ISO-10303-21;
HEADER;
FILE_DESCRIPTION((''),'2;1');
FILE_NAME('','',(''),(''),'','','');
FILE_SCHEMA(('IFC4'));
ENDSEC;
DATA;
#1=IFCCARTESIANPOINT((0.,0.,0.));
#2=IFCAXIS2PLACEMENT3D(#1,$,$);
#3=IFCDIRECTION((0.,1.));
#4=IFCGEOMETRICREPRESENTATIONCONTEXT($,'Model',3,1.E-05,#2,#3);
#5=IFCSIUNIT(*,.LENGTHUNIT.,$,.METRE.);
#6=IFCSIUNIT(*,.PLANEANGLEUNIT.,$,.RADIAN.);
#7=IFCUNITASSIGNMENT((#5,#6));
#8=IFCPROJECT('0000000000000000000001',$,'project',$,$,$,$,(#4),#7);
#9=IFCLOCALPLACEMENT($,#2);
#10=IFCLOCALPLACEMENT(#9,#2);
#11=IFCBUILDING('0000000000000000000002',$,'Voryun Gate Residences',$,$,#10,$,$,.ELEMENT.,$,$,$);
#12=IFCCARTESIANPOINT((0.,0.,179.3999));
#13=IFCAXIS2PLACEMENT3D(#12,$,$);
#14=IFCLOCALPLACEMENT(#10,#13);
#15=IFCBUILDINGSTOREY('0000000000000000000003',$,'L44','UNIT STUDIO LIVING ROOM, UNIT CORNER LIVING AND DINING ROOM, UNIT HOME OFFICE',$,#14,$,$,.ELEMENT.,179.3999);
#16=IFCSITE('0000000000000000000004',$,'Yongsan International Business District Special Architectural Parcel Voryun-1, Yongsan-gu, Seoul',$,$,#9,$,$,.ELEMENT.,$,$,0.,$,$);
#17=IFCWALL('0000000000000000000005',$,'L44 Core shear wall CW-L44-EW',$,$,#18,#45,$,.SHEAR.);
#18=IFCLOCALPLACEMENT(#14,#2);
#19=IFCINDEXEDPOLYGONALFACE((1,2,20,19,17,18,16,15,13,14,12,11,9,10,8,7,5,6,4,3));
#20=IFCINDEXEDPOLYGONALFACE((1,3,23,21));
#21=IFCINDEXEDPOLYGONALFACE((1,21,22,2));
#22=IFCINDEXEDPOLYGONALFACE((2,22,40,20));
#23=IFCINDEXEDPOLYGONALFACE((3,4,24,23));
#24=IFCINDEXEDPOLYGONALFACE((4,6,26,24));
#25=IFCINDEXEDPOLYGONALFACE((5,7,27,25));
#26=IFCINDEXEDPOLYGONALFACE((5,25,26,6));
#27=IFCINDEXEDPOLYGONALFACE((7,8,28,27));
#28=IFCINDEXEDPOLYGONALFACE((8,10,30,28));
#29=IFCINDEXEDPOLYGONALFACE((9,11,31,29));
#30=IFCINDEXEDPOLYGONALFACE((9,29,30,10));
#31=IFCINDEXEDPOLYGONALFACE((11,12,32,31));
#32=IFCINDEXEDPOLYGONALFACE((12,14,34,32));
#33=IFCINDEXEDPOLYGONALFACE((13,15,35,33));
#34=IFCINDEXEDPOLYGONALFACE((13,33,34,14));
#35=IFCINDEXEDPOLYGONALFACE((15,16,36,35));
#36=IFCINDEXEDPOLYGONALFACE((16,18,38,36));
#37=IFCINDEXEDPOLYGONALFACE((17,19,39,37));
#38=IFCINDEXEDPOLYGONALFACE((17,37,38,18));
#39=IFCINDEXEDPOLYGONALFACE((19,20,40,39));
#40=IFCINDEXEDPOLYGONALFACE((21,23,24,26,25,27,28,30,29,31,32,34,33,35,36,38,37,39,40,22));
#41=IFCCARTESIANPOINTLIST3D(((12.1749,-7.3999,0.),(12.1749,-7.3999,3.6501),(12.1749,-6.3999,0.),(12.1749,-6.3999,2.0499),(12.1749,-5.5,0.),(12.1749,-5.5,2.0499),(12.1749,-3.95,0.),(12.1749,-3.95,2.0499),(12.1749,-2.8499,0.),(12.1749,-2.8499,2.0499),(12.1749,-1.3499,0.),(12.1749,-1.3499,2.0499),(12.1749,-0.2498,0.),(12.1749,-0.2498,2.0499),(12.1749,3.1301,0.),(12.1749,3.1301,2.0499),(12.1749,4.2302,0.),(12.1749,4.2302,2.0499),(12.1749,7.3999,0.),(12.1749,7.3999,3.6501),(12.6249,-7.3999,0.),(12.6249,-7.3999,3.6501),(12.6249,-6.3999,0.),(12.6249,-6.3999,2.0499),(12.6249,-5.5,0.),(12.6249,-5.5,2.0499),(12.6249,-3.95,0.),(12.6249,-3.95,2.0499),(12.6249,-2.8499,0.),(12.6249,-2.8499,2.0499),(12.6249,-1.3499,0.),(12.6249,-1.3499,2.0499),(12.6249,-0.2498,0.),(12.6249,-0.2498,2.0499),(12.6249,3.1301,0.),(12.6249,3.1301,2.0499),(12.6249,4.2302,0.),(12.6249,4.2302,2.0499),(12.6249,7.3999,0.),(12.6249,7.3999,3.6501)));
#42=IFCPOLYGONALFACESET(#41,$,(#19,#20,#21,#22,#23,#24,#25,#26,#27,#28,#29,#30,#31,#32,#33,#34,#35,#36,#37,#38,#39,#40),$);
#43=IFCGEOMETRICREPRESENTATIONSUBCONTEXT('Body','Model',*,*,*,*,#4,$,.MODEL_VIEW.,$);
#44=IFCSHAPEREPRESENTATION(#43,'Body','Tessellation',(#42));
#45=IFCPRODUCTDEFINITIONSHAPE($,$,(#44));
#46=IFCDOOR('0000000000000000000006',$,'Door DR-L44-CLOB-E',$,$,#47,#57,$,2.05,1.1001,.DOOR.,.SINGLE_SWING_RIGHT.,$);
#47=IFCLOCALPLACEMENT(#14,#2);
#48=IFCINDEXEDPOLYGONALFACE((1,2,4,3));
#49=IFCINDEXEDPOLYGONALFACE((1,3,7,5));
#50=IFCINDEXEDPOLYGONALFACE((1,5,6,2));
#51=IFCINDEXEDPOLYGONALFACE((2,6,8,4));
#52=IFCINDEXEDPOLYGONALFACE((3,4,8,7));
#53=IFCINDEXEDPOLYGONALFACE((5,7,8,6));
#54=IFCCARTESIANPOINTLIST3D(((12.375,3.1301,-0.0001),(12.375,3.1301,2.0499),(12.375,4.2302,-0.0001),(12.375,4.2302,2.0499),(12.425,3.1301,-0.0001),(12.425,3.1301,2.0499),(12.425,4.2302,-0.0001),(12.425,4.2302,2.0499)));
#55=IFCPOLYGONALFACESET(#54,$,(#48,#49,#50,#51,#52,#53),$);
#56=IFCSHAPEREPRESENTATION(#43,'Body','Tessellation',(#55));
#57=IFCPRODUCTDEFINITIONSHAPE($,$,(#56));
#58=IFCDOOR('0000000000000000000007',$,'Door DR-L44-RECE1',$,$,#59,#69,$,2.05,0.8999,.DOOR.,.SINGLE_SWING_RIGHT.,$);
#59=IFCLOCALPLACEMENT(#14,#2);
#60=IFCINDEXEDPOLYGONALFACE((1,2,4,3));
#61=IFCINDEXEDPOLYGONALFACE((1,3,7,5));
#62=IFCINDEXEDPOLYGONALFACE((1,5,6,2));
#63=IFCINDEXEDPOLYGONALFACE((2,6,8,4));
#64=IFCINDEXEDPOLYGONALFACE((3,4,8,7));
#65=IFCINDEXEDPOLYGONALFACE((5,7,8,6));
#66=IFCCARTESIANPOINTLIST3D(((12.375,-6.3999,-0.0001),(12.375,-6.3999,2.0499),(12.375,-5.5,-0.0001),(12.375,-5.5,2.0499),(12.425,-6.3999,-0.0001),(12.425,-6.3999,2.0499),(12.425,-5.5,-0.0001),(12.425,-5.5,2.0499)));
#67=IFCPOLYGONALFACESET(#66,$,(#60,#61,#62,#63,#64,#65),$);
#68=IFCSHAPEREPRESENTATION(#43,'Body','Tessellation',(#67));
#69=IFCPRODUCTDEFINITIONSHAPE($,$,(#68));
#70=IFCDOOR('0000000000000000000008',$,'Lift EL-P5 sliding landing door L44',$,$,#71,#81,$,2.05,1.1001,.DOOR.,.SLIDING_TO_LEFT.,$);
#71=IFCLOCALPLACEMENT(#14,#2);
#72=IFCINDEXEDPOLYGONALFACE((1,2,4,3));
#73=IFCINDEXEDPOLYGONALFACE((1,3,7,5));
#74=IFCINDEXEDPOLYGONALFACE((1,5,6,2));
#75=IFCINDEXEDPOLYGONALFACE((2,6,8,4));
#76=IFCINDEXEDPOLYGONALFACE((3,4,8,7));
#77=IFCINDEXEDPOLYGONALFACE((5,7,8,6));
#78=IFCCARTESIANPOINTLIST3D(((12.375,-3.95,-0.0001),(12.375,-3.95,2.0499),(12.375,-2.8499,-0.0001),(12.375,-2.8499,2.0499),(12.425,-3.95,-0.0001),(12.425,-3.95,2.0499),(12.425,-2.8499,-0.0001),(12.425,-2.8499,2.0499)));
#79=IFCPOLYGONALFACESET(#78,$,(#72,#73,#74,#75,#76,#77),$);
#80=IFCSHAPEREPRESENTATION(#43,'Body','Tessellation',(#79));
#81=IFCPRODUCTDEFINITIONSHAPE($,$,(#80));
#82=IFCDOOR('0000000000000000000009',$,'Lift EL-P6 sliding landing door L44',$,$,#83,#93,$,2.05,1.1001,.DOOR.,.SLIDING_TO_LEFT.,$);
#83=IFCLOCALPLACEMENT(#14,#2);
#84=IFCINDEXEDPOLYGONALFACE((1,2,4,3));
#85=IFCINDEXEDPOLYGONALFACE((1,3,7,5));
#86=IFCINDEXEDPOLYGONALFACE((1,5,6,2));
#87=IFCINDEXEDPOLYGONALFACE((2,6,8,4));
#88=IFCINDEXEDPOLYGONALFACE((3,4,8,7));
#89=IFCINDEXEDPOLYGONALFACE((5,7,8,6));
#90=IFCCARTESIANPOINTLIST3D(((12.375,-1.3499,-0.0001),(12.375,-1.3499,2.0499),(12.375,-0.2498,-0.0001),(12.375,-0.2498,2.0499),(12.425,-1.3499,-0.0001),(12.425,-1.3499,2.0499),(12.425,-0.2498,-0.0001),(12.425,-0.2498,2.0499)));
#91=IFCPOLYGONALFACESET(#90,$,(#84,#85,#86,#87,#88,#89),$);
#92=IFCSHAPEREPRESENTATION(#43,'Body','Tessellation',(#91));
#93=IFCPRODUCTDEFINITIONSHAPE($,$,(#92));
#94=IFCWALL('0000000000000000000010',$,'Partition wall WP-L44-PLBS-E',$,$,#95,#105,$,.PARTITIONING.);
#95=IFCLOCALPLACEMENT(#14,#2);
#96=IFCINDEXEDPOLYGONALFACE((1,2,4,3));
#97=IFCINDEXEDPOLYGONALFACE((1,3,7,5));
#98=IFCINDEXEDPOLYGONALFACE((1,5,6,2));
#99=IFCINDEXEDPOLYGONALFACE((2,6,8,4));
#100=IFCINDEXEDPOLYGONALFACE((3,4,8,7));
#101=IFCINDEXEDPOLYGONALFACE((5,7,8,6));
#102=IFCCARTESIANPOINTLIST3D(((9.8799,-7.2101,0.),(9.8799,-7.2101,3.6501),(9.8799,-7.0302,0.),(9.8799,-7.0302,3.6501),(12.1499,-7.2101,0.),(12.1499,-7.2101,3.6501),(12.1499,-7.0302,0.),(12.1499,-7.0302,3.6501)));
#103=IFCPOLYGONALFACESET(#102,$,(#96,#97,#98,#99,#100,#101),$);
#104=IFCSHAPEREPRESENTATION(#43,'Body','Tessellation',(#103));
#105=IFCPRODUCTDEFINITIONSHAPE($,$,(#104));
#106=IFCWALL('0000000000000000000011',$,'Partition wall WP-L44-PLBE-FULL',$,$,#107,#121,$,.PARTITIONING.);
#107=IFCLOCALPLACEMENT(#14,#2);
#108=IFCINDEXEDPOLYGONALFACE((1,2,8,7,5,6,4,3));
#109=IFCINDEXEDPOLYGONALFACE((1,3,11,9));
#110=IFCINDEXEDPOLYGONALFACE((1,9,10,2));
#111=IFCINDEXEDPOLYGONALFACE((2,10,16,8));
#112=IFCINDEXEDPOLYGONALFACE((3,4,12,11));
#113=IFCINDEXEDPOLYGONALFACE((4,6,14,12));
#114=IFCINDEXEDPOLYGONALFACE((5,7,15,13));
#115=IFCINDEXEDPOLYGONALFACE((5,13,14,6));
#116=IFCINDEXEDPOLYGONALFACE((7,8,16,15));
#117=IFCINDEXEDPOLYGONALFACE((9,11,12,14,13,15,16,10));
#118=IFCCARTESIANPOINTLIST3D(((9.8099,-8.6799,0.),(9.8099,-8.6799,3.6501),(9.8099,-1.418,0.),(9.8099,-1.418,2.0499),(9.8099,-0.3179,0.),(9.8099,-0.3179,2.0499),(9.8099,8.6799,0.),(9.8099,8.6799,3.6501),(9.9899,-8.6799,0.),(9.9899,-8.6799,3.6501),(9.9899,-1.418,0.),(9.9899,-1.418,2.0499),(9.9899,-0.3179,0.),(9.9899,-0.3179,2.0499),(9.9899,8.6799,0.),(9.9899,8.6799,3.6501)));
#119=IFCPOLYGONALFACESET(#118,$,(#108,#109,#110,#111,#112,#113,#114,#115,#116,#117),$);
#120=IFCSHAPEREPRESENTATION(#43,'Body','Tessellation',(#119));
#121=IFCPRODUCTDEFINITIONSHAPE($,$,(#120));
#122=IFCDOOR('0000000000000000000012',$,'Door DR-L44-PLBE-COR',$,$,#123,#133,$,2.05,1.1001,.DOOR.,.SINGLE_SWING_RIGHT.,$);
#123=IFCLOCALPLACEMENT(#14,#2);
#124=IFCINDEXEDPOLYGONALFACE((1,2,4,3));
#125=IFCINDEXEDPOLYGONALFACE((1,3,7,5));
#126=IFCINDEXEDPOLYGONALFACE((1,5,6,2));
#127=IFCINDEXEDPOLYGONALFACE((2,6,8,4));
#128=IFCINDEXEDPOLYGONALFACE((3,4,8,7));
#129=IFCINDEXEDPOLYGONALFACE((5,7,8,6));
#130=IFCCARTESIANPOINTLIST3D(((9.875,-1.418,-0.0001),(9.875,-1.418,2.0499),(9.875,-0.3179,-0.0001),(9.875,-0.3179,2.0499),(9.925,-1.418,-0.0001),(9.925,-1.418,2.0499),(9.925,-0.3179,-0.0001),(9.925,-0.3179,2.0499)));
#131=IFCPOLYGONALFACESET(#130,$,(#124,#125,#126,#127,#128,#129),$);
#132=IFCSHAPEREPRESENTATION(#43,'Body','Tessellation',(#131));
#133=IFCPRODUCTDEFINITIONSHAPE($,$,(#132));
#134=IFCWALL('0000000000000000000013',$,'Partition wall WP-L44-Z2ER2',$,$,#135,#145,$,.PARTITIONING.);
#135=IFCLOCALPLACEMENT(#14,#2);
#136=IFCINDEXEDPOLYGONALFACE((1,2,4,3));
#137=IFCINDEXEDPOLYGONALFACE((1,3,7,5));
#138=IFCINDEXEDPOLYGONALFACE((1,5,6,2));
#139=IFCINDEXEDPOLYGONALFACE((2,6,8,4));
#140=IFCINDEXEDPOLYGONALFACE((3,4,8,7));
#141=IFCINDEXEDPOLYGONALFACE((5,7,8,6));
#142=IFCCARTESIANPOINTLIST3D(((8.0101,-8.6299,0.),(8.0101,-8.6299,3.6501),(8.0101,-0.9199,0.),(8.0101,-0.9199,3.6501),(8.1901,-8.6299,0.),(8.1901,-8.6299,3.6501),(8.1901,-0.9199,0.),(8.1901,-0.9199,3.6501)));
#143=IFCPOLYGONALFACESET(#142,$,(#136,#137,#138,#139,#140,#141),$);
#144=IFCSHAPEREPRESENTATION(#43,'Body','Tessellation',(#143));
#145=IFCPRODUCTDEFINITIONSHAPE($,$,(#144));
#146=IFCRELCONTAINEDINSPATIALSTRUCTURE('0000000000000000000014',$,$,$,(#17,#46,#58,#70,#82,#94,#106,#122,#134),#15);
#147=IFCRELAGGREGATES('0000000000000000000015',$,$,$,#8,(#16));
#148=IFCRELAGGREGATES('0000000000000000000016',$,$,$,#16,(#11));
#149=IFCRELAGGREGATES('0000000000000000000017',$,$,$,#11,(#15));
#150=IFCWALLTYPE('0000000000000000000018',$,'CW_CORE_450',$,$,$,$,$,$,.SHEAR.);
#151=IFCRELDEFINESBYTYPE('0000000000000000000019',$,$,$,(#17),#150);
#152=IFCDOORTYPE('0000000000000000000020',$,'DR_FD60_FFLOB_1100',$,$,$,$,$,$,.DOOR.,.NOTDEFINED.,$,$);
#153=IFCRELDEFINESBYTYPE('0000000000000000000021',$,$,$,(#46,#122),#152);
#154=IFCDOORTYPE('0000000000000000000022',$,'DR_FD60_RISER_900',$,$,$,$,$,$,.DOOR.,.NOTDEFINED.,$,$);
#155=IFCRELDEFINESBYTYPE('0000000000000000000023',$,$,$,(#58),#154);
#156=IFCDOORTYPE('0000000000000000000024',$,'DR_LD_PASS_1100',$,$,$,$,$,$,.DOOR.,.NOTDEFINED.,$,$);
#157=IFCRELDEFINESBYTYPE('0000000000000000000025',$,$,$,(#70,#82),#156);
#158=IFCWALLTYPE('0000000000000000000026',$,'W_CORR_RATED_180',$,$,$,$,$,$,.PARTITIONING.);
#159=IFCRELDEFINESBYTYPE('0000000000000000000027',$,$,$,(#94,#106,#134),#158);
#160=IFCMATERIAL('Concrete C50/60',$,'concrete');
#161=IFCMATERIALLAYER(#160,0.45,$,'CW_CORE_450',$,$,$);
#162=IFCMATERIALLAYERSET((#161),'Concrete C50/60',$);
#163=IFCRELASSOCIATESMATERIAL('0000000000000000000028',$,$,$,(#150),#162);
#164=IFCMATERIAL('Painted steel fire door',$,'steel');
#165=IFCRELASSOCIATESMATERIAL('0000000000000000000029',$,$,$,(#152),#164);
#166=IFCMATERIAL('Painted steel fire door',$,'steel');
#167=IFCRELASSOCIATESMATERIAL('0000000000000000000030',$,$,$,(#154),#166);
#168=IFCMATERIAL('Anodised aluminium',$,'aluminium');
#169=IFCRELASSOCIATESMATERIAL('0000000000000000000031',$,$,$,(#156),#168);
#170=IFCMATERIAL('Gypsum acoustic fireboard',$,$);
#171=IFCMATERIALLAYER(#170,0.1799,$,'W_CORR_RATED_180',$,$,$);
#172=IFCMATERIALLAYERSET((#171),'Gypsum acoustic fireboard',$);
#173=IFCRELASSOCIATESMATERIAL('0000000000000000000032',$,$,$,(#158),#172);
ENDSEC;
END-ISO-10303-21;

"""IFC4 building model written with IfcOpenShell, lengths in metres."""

from ifc_helpers import new_model, si_unit, direction, frame, frame_2d, origin, place, context, subcontext, project, spatial, rectangle, extrude, material, layer, layer_set, type_object, element, fill, save


model = new_model("IFC4")

# Units and contexts
model_context = context("Model", 3, precision=1e-05, world=origin(), true_north=direction((0.0, 1.0)))
body_context = subcontext(model_context, "Body", "Model", "MODEL_VIEW")
ifc_project = project(units=[si_unit("LENGTHUNIT", "METRE"), si_unit("PLANEANGLEUNIT", "RADIAN")], contexts=[model_context])

# Site, building, storey
site_placement = place(None, origin())
site = spatial("IfcSite", under=ifc_project, at=site_placement, Name="Yongsan International Business District Special Architectural Parcel Voryun-1, Yongsan-gu, Seoul", CompositionType="ELEMENT", RefElevation=0.0)
building_placement = place(site_placement, origin())
building = spatial("IfcBuilding", under=site, at=building_placement, Name="Voryun Gate Residences", CompositionType="ELEMENT")
storey_placement = place(building_placement, frame((0.0, 0.0, 179.3999)))
storey = spatial("IfcBuildingStorey", under=building, at=storey_placement, Name="L44", Description="UNIT STUDIO LIVING ROOM, UNIT CORNER LIVING AND DINING ROOM, UNIT HOME OFFICE", CompositionType="ELEMENT", Elevation=179.3999)

# Shared definitions
ifc_material_1 = material(Name="Concrete C50/60", Category="concrete")
ifc_layer_1 = layer(ifc_material_1, 0.45, Name="CW_CORE_450")
ifc_layer_set_1 = layer_set([ifc_layer_1], Name="Concrete C50/60")
wall_type_1 = type_object("IfcWallType", Name="CW_CORE_450", PredefinedType="SHEAR", material=ifc_layer_set_1)

# Wall, openings, doors
wall_1_placement = place(storey_placement, frame((12.3999, -7.3999, 0.0), z_axis=(0.0, 0.0, 1.0), x_axis=(0.0, 1.0, 0.0)))
wall_1 = element("IfcWall", 1, at=wall_1_placement, inside=storey, type_object=wall_type_1, Name="L44 Core shear wall CW-L44-EW", PredefinedType="SHEAR", context=body_context, shape_type="SweptSolid", body=[
    extrude(rectangle(XDim=14.7998, YDim=0.45, at=frame_2d((7.3999, 0.0))), origin(), (0.0, 0.0, 1.0), 3.6501),
])
opening_1_placement = place(wall_1_placement, frame((3.45, 0.0, 0.0)))
opening_1 = element("IfcOpeningElement", 2, at=opening_1_placement, cuts=wall_1, PredefinedType="OPENING", context=body_context, shape_type="SweptSolid", body=[
    extrude(rectangle(XDim=1.1001, YDim=2.05, at=frame_2d((0.55, 1.0249))), frame((0.0, 0.2351, 0.0), z_axis=(0.0, -1.0, 0.0), x_axis=(1.0, 0.0, 0.0)), (0.0, 0.0, 1.0), 0.47),
])
opening_2_placement = place(wall_1_placement, frame((6.05, 0.0, 0.0)))
opening_2 = element("IfcOpeningElement", 3, at=opening_2_placement, cuts=wall_1, PredefinedType="OPENING", context=body_context, shape_type="SweptSolid", body=[
    extrude(rectangle(XDim=1.1001, YDim=2.05, at=frame_2d((0.55, 1.0249))), frame((0.0, 0.2351, 0.0), z_axis=(0.0, -1.0, 0.0), x_axis=(1.0, 0.0, 0.0)), (0.0, 0.0, 1.0), 0.47),
])
opening_3_placement = place(wall_1_placement, frame((10.53, 0.0, 0.0)))
opening_3 = element("IfcOpeningElement", 4, at=opening_3_placement, cuts=wall_1, PredefinedType="OPENING", context=body_context, shape_type="SweptSolid", body=[
    extrude(rectangle(XDim=1.1001, YDim=2.05, at=frame_2d((0.55, 1.0249))), frame((0.0, 0.2351, 0.0), z_axis=(0.0, -1.0, 0.0), x_axis=(1.0, 0.0, 0.0)), (0.0, 0.0, 1.0), 0.47),
])
opening_4_placement = place(wall_1_placement, frame((1.0, 0.0, 0.0)))
opening_4 = element("IfcOpeningElement", 5, at=opening_4_placement, cuts=wall_1, PredefinedType="OPENING", context=body_context, shape_type="SweptSolid", body=[
    extrude(rectangle(XDim=0.8999, YDim=2.05, at=frame_2d((0.45, 1.0249))), frame((0.0, 0.2351, 0.0), z_axis=(0.0, -1.0, 0.0), x_axis=(1.0, 0.0, 0.0)), (0.0, 0.0, 1.0), 0.47),
])
ifc_material_2 = material(Name="Painted steel fire door", Category="steel")
door_type_1 = type_object("IfcDoorType", Name="DR_FD60_FFLOB_1100", OperationType="NOTDEFINED", PredefinedType="DOOR", material=ifc_material_2)
door_1_placement = place(opening_3_placement, origin())
door_1 = element("IfcDoor", 6, at=door_1_placement, inside=storey, type_object=door_type_1, Name="Door DR-L44-CLOB-E", OperationType="SINGLE_SWING_RIGHT", OverallHeight=2.05, OverallWidth=1.1001, PredefinedType="DOOR", context=body_context, shape_type="SweptSolid", body=[
    extrude(rectangle(XDim=1.1001, YDim=2.05, at=frame_2d((0.55, 1.0249))), frame((0.0, 0.0249, 0.0), z_axis=(0.0, -1.0, 0.0), x_axis=(1.0, 0.0, 0.0)), (0.0, 0.0, 1.0), 0.05),
])
fill(opening_3, door_1)
ifc_material_3 = material(Name="Painted steel fire door", Category="steel")
door_type_2 = type_object("IfcDoorType", Name="DR_FD60_RISER_900", OperationType="NOTDEFINED", PredefinedType="DOOR", material=ifc_material_3)
door_2_placement = place(opening_4_placement, origin())
door_2 = element("IfcDoor", 7, at=door_2_placement, inside=storey, type_object=door_type_2, Name="Door DR-L44-RECE1", OperationType="SINGLE_SWING_RIGHT", OverallHeight=2.05, OverallWidth=0.8999, PredefinedType="DOOR", context=body_context, shape_type="SweptSolid", body=[
    extrude(rectangle(XDim=0.8999, YDim=2.05, at=frame_2d((0.45, 1.0249))), frame((0.0, 0.0249, 0.0), z_axis=(0.0, -1.0, 0.0), x_axis=(1.0, 0.0, 0.0)), (0.0, 0.0, 1.0), 0.05),
])
fill(opening_4, door_2)
ifc_material_4 = material(Name="Anodised aluminium", Category="aluminium")
door_type_3 = type_object("IfcDoorType", Name="DR_LD_PASS_1100", OperationType="NOTDEFINED", PredefinedType="DOOR", material=ifc_material_4)
door_3_placement = place(opening_1_placement, origin())
door_3 = element("IfcDoor", 8, at=door_3_placement, inside=storey, type_object=door_type_3, Name="Lift EL-P5 sliding landing door L44", OperationType="SLIDING_TO_LEFT", OverallHeight=2.05, OverallWidth=1.1001, PredefinedType="DOOR", context=body_context, shape_type="SweptSolid", body=[
    extrude(rectangle(XDim=1.1001, YDim=2.05, at=frame_2d((0.55, 1.0249))), frame((0.0, 0.0249, 0.0), z_axis=(0.0, -1.0, 0.0), x_axis=(1.0, 0.0, 0.0)), (0.0, 0.0, 1.0), 0.05),
])
fill(opening_1, door_3)
door_4_placement = place(opening_2_placement, origin())
door_4 = element("IfcDoor", 9, at=door_4_placement, inside=storey, type_object=door_type_3, Name="Lift EL-P6 sliding landing door L44", OperationType="SLIDING_TO_LEFT", OverallHeight=2.05, OverallWidth=1.1001, PredefinedType="DOOR", context=body_context, shape_type="SweptSolid", body=[
    extrude(rectangle(XDim=1.1001, YDim=2.05, at=frame_2d((0.55, 1.0249))), frame((0.0, 0.0249, 0.0), z_axis=(0.0, -1.0, 0.0), x_axis=(1.0, 0.0, 0.0)), (0.0, 0.0, 1.0), 0.05),
])
fill(opening_2, door_4)

# Wall
ifc_material_5 = material(Name="Gypsum acoustic fireboard")
ifc_layer_2 = layer(ifc_material_5, 0.1799, Name="W_CORR_RATED_180")
ifc_layer_set_2 = layer_set([ifc_layer_2], Name="Gypsum acoustic fireboard")
wall_type_2 = type_object("IfcWallType", Name="W_CORR_RATED_180", PredefinedType="PARTITIONING", material=ifc_layer_set_2)
wall_2_placement = place(storey_placement, frame((9.8799, -7.1201, 0.0), z_axis=(0.0, 0.0, 1.0), x_axis=(1.0, 0.0, 0.0)))
element("IfcWall", 10, at=wall_2_placement, inside=storey, type_object=wall_type_2, Name="Partition wall WP-L44-PLBS-E", PredefinedType="PARTITIONING", context=body_context, shape_type="SweptSolid", body=[
    extrude(rectangle(XDim=2.27, YDim=0.1799, at=frame_2d((1.135, 0.0))), origin(), (0.0, 0.0, 1.0), 3.6501),
])

# Wall, opening, door
wall_3_placement = place(storey_placement, frame((9.8999, -8.6799, 0.0), z_axis=(0.0, 0.0, 1.0), x_axis=(0.0, 1.0, 0.0)))
wall_3 = element("IfcWall", 11, at=wall_3_placement, inside=storey, type_object=wall_type_2, Name="Partition wall WP-L44-PLBE-FULL", PredefinedType="PARTITIONING", context=body_context, shape_type="SweptSolid", body=[
    extrude(rectangle(XDim=17.3599, YDim=0.1799, at=frame_2d((8.6799, 0.0))), origin(), (0.0, 0.0, 1.0), 3.6501),
])
opening_5_placement = place(wall_3_placement, frame((7.262, 0.0, 0.0)))
opening_5 = element("IfcOpeningElement", 12, at=opening_5_placement, cuts=wall_3, PredefinedType="OPENING", context=body_context, shape_type="SweptSolid", body=[
    extrude(rectangle(XDim=1.1001, YDim=2.05, at=frame_2d((0.55, 1.0249))), frame((0.0, 0.0999, 0.0), z_axis=(0.0, -1.0, 0.0), x_axis=(1.0, 0.0, 0.0)), (0.0, 0.0, 1.0), 0.2),
])
door_5_placement = place(opening_5_placement, origin())
door_5 = element("IfcDoor", 13, at=door_5_placement, inside=storey, type_object=door_type_1, Name="Door DR-L44-PLBE-COR", OperationType="SINGLE_SWING_RIGHT", OverallHeight=2.05, OverallWidth=1.1001, PredefinedType="DOOR", context=body_context, shape_type="SweptSolid", body=[
    extrude(rectangle(XDim=1.1001, YDim=2.05, at=frame_2d((0.55, 1.0249))), frame((0.0, 0.0249, 0.0), z_axis=(0.0, -1.0, 0.0), x_axis=(1.0, 0.0, 0.0)), (0.0, 0.0, 1.0), 0.05),
])
fill(opening_5, door_5)

# Wall
wall_4_placement = place(storey_placement, frame((8.1001, -8.6299, 0.0), z_axis=(0.0, 0.0, 1.0), x_axis=(0.0, 1.0, 0.0)))
element("IfcWall", 14, at=wall_4_placement, inside=storey, type_object=wall_type_2, Name="Partition wall WP-L44-Z2ER2", PredefinedType="PARTITIONING", context=body_context, shape_type="SweptSolid", body=[
    extrude(rectangle(XDim=7.71, YDim=0.1799, at=frame_2d((3.855, 0.0))), origin(), (0.0, 0.0, 1.0), 3.6501),
])

save(model, "model.ifc")
